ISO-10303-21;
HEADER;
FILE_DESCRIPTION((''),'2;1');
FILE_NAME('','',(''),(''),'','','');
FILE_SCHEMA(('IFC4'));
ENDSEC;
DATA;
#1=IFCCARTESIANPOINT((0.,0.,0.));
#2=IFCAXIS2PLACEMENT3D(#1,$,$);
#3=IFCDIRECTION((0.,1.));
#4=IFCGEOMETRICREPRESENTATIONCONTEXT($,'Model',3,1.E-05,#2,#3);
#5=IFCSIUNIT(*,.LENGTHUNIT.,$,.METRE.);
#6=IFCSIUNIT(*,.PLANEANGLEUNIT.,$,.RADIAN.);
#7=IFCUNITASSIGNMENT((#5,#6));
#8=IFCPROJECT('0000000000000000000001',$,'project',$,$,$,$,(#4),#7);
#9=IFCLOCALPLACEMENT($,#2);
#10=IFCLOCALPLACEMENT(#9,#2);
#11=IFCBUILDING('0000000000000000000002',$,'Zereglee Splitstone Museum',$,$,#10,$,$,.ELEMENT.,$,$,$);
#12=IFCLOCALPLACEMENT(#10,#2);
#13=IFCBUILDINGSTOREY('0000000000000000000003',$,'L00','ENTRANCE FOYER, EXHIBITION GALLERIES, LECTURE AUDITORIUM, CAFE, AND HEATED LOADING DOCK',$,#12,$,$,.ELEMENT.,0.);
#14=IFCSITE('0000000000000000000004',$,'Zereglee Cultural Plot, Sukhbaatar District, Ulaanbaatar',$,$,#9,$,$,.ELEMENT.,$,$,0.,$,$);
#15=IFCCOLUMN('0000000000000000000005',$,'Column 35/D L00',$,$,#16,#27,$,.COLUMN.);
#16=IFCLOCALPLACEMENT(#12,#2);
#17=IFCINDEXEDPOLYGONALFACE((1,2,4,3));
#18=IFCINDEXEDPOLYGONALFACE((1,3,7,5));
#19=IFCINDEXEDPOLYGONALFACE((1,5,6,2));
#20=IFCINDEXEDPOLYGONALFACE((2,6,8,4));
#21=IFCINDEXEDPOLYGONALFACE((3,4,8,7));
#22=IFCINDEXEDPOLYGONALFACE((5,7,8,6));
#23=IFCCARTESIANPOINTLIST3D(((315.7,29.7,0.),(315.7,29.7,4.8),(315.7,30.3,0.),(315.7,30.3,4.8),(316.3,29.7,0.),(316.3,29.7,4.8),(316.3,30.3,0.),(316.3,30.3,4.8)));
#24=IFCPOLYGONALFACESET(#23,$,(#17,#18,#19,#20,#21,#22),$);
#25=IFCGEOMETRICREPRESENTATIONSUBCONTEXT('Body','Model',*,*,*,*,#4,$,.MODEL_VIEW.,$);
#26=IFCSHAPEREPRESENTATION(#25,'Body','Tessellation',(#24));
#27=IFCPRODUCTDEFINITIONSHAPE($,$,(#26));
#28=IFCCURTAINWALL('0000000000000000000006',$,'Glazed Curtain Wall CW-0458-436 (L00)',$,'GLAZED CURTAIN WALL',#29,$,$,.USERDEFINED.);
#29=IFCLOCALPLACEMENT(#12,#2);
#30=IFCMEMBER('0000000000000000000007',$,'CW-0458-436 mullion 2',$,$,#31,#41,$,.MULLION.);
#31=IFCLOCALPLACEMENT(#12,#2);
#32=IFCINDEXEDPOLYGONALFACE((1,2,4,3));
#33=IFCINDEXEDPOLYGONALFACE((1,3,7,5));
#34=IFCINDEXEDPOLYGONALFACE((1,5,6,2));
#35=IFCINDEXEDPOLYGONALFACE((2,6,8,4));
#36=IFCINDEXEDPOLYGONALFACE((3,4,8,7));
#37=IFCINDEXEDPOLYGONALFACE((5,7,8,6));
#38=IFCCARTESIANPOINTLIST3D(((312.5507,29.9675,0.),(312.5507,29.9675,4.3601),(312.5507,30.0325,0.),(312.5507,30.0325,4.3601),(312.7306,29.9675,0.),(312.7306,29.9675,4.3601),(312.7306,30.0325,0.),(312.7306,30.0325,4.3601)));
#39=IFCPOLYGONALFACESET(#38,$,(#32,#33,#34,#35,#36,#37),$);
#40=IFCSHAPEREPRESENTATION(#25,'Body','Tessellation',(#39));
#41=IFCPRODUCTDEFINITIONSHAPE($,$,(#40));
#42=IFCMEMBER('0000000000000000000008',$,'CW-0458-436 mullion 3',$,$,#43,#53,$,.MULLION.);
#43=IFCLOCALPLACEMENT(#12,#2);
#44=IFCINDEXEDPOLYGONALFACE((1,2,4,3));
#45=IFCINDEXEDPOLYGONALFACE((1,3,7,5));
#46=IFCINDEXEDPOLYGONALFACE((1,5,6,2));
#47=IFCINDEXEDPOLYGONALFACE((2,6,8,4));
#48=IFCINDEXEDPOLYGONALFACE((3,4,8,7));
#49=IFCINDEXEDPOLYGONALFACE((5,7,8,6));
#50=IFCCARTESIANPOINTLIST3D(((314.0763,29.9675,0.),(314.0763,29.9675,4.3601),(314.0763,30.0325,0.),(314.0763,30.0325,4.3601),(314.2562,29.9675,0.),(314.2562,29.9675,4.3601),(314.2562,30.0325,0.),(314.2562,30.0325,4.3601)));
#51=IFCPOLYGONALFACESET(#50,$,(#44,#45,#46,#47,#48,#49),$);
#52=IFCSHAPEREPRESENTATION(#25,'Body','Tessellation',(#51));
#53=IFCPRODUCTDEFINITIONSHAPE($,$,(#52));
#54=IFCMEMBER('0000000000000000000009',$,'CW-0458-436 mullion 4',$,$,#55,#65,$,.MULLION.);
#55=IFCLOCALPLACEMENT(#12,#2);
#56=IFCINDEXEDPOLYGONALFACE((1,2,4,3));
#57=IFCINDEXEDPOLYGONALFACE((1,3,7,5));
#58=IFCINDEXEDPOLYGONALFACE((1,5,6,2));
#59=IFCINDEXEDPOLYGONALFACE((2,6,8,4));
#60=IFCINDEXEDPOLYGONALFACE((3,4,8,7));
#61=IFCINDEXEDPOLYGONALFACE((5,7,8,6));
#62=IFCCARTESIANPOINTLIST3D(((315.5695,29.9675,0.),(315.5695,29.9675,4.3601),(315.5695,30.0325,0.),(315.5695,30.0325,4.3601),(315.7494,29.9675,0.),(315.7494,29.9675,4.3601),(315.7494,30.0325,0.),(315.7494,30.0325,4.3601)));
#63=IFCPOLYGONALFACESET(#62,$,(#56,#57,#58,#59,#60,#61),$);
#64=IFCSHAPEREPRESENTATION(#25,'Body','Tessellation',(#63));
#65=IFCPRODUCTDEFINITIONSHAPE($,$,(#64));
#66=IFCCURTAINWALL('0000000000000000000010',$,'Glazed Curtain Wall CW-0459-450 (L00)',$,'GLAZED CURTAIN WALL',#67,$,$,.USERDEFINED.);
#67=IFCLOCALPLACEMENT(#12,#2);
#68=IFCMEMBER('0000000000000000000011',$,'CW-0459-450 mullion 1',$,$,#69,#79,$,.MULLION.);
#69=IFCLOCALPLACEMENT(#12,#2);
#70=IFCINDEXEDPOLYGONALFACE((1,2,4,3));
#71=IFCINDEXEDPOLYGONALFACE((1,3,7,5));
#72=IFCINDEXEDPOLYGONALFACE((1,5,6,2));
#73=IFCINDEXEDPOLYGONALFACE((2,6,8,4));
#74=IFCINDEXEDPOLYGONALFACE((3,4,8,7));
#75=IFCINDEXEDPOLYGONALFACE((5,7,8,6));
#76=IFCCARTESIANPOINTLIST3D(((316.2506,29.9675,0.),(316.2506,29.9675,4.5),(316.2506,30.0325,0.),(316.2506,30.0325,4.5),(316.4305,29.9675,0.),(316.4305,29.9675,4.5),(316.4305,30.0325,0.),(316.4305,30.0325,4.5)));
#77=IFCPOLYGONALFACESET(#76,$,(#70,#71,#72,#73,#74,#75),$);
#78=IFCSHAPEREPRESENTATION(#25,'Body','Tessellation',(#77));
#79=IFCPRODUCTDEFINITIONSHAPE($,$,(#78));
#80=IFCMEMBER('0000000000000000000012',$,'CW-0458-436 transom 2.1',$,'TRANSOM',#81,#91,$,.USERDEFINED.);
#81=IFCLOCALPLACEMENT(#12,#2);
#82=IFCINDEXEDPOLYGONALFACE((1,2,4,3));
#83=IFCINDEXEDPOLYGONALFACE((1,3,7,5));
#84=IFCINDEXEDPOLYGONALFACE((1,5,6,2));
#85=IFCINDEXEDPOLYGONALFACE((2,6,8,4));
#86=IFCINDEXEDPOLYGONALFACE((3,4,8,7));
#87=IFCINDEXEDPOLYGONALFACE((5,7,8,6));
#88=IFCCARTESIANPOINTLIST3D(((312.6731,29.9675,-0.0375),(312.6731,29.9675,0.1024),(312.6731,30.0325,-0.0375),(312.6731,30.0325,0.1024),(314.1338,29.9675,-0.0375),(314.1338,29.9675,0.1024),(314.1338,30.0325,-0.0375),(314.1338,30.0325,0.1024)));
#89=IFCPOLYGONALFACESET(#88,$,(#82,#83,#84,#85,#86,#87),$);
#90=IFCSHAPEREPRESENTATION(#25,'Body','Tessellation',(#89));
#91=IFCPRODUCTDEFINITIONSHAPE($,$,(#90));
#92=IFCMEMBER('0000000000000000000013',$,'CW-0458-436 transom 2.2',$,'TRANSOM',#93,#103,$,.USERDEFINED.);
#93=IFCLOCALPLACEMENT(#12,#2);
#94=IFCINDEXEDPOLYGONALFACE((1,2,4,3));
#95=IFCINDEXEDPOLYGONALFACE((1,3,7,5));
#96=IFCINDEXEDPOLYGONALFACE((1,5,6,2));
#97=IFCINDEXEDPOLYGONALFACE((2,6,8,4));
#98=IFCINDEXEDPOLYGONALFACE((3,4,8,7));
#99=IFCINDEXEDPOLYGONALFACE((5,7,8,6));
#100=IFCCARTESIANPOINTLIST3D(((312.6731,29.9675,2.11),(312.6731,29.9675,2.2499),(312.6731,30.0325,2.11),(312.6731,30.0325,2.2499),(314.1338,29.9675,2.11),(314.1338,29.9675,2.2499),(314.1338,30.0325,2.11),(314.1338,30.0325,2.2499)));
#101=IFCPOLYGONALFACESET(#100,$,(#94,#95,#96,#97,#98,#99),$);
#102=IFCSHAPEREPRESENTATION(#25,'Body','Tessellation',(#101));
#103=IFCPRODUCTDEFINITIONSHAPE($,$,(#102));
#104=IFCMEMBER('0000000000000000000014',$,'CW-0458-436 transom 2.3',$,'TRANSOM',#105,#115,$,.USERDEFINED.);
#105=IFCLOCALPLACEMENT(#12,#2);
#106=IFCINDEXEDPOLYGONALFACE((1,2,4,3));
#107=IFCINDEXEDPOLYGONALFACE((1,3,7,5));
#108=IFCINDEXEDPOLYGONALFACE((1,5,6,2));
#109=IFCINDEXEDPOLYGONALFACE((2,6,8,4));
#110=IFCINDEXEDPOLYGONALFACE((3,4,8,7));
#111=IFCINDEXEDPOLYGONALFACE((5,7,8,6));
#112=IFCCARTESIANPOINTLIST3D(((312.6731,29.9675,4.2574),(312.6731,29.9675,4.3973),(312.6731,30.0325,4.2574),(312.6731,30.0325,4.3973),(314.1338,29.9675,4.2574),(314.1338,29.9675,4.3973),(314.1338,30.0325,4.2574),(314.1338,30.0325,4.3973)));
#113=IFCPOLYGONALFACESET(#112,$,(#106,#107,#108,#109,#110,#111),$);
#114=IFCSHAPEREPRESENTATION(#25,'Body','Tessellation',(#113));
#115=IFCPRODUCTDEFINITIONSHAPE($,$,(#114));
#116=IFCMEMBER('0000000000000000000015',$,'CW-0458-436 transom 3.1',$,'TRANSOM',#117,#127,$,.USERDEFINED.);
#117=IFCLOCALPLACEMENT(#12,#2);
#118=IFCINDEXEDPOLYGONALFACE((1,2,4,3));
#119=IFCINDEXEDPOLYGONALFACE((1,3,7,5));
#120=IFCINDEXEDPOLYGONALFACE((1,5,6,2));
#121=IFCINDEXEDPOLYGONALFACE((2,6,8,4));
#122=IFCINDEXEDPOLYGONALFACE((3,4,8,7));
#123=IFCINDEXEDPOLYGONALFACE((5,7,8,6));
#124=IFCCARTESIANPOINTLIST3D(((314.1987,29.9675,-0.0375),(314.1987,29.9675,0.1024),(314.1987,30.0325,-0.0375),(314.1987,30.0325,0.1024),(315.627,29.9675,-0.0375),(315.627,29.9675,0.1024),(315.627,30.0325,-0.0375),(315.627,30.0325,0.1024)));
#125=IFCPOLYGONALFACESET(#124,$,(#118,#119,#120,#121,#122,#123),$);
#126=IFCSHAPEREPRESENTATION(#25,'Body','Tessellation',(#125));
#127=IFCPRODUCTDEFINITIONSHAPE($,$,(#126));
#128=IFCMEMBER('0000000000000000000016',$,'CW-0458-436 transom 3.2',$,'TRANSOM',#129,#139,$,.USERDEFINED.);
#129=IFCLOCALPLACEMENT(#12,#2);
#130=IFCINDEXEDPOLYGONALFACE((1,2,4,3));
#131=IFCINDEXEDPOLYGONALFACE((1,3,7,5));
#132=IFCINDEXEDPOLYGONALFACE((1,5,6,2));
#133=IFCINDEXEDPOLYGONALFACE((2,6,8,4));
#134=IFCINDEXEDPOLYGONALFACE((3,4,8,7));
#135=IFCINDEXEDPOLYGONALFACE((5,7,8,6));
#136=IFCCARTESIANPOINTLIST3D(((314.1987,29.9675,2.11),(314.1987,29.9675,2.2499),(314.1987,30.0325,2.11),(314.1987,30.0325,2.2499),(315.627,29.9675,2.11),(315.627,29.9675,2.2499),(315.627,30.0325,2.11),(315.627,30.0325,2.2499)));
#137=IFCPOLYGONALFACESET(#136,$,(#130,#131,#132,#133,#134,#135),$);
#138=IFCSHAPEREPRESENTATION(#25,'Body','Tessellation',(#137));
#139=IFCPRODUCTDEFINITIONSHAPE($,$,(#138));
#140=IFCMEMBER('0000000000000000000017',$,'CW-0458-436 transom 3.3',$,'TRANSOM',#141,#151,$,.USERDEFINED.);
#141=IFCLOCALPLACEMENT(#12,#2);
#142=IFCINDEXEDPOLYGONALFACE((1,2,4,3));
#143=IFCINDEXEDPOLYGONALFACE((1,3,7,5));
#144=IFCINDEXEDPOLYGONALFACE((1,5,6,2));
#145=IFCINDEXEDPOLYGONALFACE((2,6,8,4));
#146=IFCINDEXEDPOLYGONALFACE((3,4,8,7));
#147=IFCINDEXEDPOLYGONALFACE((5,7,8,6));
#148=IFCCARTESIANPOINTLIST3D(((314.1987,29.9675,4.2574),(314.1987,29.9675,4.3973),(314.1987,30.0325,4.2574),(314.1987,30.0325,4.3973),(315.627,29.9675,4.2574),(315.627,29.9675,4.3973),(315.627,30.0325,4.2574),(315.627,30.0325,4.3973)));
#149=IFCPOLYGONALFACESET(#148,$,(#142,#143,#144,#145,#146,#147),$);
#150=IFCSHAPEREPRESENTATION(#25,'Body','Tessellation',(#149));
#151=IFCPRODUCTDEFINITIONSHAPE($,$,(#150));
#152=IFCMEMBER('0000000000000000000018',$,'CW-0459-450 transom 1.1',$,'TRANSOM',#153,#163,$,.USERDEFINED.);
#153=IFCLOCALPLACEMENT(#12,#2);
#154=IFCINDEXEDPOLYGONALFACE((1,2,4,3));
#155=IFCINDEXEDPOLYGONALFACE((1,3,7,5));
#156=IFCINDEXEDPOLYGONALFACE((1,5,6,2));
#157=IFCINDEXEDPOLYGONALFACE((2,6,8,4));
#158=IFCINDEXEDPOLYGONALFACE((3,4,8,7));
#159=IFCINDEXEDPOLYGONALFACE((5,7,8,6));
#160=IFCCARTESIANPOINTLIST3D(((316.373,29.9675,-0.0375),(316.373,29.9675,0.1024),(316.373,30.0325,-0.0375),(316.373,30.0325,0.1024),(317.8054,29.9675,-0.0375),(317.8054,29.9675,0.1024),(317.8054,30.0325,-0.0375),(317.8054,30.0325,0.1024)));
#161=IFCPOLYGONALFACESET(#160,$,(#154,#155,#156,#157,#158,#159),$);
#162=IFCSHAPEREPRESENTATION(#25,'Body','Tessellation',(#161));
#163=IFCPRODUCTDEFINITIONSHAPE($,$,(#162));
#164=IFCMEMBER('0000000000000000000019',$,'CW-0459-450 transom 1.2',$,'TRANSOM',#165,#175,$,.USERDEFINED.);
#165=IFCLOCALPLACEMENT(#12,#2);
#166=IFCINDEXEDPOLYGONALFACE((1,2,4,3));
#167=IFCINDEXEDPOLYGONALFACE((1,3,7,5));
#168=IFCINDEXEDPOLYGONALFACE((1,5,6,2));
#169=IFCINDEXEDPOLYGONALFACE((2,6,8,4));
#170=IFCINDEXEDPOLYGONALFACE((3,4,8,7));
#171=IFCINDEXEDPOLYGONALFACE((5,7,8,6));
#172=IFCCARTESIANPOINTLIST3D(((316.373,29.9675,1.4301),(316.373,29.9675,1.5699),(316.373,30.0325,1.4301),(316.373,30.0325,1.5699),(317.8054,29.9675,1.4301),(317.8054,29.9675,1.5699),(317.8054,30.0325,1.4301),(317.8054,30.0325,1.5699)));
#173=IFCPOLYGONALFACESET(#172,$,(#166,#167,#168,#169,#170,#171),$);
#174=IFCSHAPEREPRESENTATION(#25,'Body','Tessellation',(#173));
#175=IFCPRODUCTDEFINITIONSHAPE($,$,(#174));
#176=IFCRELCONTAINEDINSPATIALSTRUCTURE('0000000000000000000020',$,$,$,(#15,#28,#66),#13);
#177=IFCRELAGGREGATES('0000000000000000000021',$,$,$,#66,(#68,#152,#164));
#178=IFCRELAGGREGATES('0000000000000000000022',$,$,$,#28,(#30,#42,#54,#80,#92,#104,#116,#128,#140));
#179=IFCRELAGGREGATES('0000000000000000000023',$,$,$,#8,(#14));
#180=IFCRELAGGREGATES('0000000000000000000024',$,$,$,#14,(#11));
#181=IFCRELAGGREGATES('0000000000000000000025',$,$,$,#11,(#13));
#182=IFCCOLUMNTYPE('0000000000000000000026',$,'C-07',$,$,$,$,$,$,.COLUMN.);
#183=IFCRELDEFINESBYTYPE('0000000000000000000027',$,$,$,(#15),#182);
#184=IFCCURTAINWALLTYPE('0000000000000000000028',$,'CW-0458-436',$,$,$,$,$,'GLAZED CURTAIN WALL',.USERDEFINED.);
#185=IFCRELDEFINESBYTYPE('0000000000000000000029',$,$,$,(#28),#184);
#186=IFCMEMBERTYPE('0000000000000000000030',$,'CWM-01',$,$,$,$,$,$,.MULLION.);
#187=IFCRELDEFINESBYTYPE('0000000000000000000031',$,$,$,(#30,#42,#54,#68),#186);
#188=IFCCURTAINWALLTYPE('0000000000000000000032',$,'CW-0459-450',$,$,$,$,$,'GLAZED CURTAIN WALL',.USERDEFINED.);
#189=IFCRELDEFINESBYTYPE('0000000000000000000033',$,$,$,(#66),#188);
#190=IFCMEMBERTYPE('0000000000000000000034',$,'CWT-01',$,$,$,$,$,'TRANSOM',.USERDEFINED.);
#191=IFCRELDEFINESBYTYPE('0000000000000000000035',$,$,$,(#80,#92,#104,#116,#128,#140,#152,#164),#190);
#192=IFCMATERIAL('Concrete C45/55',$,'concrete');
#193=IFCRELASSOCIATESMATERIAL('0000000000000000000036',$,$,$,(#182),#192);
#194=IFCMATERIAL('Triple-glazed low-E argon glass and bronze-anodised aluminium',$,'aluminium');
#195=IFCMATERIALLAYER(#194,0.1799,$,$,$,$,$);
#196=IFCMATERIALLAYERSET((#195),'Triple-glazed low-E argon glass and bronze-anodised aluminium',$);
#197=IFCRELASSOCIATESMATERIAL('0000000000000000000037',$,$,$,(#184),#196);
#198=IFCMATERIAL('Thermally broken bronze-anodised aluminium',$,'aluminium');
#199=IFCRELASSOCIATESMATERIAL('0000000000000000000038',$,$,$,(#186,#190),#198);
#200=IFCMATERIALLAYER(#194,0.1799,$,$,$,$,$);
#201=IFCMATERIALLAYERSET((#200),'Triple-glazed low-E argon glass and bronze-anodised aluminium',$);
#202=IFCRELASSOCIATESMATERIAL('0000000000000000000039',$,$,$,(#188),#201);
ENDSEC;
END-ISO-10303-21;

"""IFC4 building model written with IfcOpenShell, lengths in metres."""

from ifc_helpers import new_model, si_unit, direction, frame, origin, origin_2d, place, context, subcontext, project, spatial, rectangle, extrude, material, layer, layer_set, material_profile, profile_set, type_object, element, aggregate, save


model = new_model("IFC4")

# Units and contexts
model_context = context("Model", 3, precision=1e-05, world=origin(), true_north=direction((0.0, 1.0)))
body_context = subcontext(model_context, "Body", "Model", "MODEL_VIEW")
ifc_project = project(units=[si_unit("LENGTHUNIT", "METRE"), si_unit("PLANEANGLEUNIT", "RADIAN")], contexts=[model_context])

# Site, building, storey
site_placement = place(None, origin())
site = spatial("IfcSite", under=ifc_project, at=site_placement, Name="Zereglee Cultural Plot, Sukhbaatar District, Ulaanbaatar", CompositionType="ELEMENT", RefElevation=0.0)
building_placement = place(site_placement, origin())
building = spatial("IfcBuilding", under=site, at=building_placement, Name="Zereglee Splitstone Museum", CompositionType="ELEMENT")
storey_placement = place(building_placement, origin())
storey = spatial("IfcBuildingStorey", under=building, at=storey_placement, Name="L00", Description="ENTRANCE FOYER, EXHIBITION GALLERIES, LECTURE AUDITORIUM, CAFE, AND HEATED LOADING DOCK", CompositionType="ELEMENT", Elevation=0.0)

# Column
ifc_material_1 = material(Name="Concrete C45/55", Category="concrete")
ifc_material_profile_1 = material_profile(ifc_material_1, rectangle(XDim=0.6001, YDim=0.6001, at=origin_2d()), Name="RC 600x600")
ifc_profile_set_1 = profile_set([ifc_material_profile_1], Name="Concrete C45/55")
column_type = type_object("IfcColumnType", Name="C-07", PredefinedType="COLUMN", material=ifc_profile_set_1)
column_placement = place(storey_placement, frame((316.0, 30.0, 0.0), z_axis=(0.0, 0.0, 1.0), x_axis=(1.0, 0.0, 0.0)))
element("IfcColumn", 1, at=column_placement, inside=storey, type_object=column_type, Name="Column 35/D L00", PredefinedType="COLUMN", context=body_context, shape_type="SweptSolid", body=[
    extrude(rectangle(XDim=0.6001, YDim=0.6001, at=origin_2d()), origin(), (0.0, 0.0, 1.0), 4.8),
])

# Curtain wall, members
ifc_material_2 = material(Name="Triple-glazed low-E argon glass and bronze-anodised aluminium", Category="aluminium")
ifc_layer_1 = layer(ifc_material_2, 0.1799)
ifc_layer_set_1 = layer_set([ifc_layer_1], Name="Triple-glazed low-E argon glass and bronze-anodised aluminium")
curtain_wall_type_1 = type_object("IfcCurtainWallType", Name="CW-0458-436", ElementType="GLAZED CURTAIN WALL", PredefinedType="USERDEFINED", material=ifc_layer_set_1)
curtain_wall_1_placement = place(storey_placement, origin())
curtain_wall_1 = element("IfcCurtainWall", 2, at=curtain_wall_1_placement, inside=storey, type_object=curtain_wall_type_1, Name="Glazed Curtain Wall CW-0458-436 (L00)", ObjectType="GLAZED CURTAIN WALL", PredefinedType="USERDEFINED")
ifc_material_3 = material(Name="Thermally broken bronze-anodised aluminium", Category="aluminium")
ifc_material_profile_2 = material_profile(ifc_material_3, rectangle(XDim=0.0649, YDim=0.1799, at=origin_2d()), Name="CW MULL 65x180")
ifc_profile_set_2 = profile_set([ifc_material_profile_2], Name="Thermally broken bronze-anodised aluminium")
member_type_1 = type_object("IfcMemberType", Name="CWM-01", PredefinedType="MULLION", material=ifc_profile_set_2)
member_1_placement = place(storey_placement, frame((312.6406, 30.0, 0.0), z_axis=(0.0, 0.0, 1.0), x_axis=(0.0, 1.0, 0.0)))
member_1 = element("IfcMember", 3, at=member_1_placement, type_object=member_type_1, Name="CW-0458-436 mullion 2", PredefinedType="MULLION", context=body_context, shape_type="SweptSolid", body=[
    extrude(rectangle(XDim=0.0649, YDim=0.1799, at=origin_2d()), origin(), (0.0, 0.0, 1.0), 4.3601),
])
member_2_placement = place(storey_placement, frame((314.1663, 30.0, 0.0), z_axis=(0.0, 0.0, 1.0), x_axis=(0.0, 1.0, 0.0)))
member_2 = element("IfcMember", 4, at=member_2_placement, type_object=member_type_1, Name="CW-0458-436 mullion 3", PredefinedType="MULLION", context=body_context, shape_type="SweptSolid", body=[
    extrude(rectangle(XDim=0.0649, YDim=0.1799, at=origin_2d()), origin(), (0.0, 0.0, 1.0), 4.3601),
])
member_3_placement = place(storey_placement, frame((315.6594, 30.0, 0.0), z_axis=(0.0, 0.0, 1.0), x_axis=(0.0, 1.0, 0.0)))
member_3 = element("IfcMember", 5, at=member_3_placement, type_object=member_type_1, Name="CW-0458-436 mullion 4", PredefinedType="MULLION", context=body_context, shape_type="SweptSolid", body=[
    extrude(rectangle(XDim=0.0649, YDim=0.1799, at=origin_2d()), origin(), (0.0, 0.0, 1.0), 4.3601),
])

# Curtain wall, member
ifc_layer_2 = layer(ifc_material_2, 0.1799)
ifc_layer_set_2 = layer_set([ifc_layer_2], Name="Triple-glazed low-E argon glass and bronze-anodised aluminium")
curtain_wall_type_2 = type_object("IfcCurtainWallType", Name="CW-0459-450", ElementType="GLAZED CURTAIN WALL", PredefinedType="USERDEFINED", material=ifc_layer_set_2)
curtain_wall_2_placement = place(storey_placement, origin())
curtain_wall_2 = element("IfcCurtainWall", 6, at=curtain_wall_2_placement, inside=storey, type_object=curtain_wall_type_2, Name="Glazed Curtain Wall CW-0459-450 (L00)", ObjectType="GLAZED CURTAIN WALL", PredefinedType="USERDEFINED")
member_4_placement = place(storey_placement, frame((316.3406, 30.0, 0.0), z_axis=(0.0, 0.0, 1.0), x_axis=(0.0, 1.0, 0.0)))
member_4 = element("IfcMember", 7, at=member_4_placement, type_object=member_type_1, Name="CW-0459-450 mullion 1", PredefinedType="MULLION", context=body_context, shape_type="SweptSolid", body=[
    extrude(rectangle(XDim=0.0649, YDim=0.1799, at=origin_2d()), origin(), (0.0, 0.0, 1.0), 4.5),
])

# Members
ifc_material_profile_3 = material_profile(ifc_material_3, rectangle(XDim=0.0649, YDim=0.1399, at=origin_2d()), Name="CW TRAN 65x140")
ifc_profile_set_3 = profile_set([ifc_material_profile_3], Name="Thermally broken bronze-anodised aluminium")
member_type_2 = type_object("IfcMemberType", Name="CWT-01", ElementType="TRANSOM", PredefinedType="USERDEFINED", material=ifc_profile_set_3)
member_5_placement = place(storey_placement, frame((312.6731, 30.0, 0.0325), z_axis=(1.0, 0.0, 0.0), x_axis=(0.0, 1.0, 0.0)))
member_5 = element("IfcMember", 8, at=member_5_placement, type_object=member_type_2, Name="CW-0458-436 transom 2.1", ObjectType="TRANSOM", PredefinedType="USERDEFINED", context=body_context, shape_type="SweptSolid", body=[
    extrude(rectangle(XDim=0.0649, YDim=0.1399, at=origin_2d()), origin(), (0.0, 0.0, 1.0), 1.4607),
])
member_6_placement = place(storey_placement, frame((312.6731, 30.0, 2.1799), z_axis=(1.0, 0.0, 0.0), x_axis=(0.0, 1.0, 0.0)))
member_6 = element("IfcMember", 9, at=member_6_placement, type_object=member_type_2, Name="CW-0458-436 transom 2.2", ObjectType="TRANSOM", PredefinedType="USERDEFINED", context=body_context, shape_type="SweptSolid", body=[
    extrude(rectangle(XDim=0.0649, YDim=0.1399, at=origin_2d()), origin(), (0.0, 0.0, 1.0), 1.4607),
])
member_7_placement = place(storey_placement, frame((312.6731, 30.0, 4.3274), z_axis=(1.0, 0.0, 0.0), x_axis=(0.0, 1.0, 0.0)))
member_7 = element("IfcMember", 10, at=member_7_placement, type_object=member_type_2, Name="CW-0458-436 transom 2.3", ObjectType="TRANSOM", PredefinedType="USERDEFINED", context=body_context, shape_type="SweptSolid", body=[
    extrude(rectangle(XDim=0.0649, YDim=0.1399, at=origin_2d()), origin(), (0.0, 0.0, 1.0), 1.4607),
])
member_8_placement = place(storey_placement, frame((314.1987, 30.0, 0.0325), z_axis=(1.0, 0.0, 0.0), x_axis=(0.0, 1.0, 0.0)))
member_8 = element("IfcMember", 11, at=member_8_placement, type_object=member_type_2, Name="CW-0458-436 transom 3.1", ObjectType="TRANSOM", PredefinedType="USERDEFINED", context=body_context, shape_type="SweptSolid", body=[
    extrude(rectangle(XDim=0.0649, YDim=0.1399, at=origin_2d()), origin(), (0.0, 0.0, 1.0), 1.4282),
])
member_9_placement = place(storey_placement, frame((314.1987, 30.0, 2.1799), z_axis=(1.0, 0.0, 0.0), x_axis=(0.0, 1.0, 0.0)))
member_9 = element("IfcMember", 12, at=member_9_placement, type_object=member_type_2, Name="CW-0458-436 transom 3.2", ObjectType="TRANSOM", PredefinedType="USERDEFINED", context=body_context, shape_type="SweptSolid", body=[
    extrude(rectangle(XDim=0.0649, YDim=0.1399, at=origin_2d()), origin(), (0.0, 0.0, 1.0), 1.4282),
])
member_10_placement = place(storey_placement, frame((314.1987, 30.0, 4.3274), z_axis=(1.0, 0.0, 0.0), x_axis=(0.0, 1.0, 0.0)))
member_10 = element("IfcMember", 13, at=member_10_placement, type_object=member_type_2, Name="CW-0458-436 transom 3.3", ObjectType="TRANSOM", PredefinedType="USERDEFINED", context=body_context, shape_type="SweptSolid", body=[
    extrude(rectangle(XDim=0.0649, YDim=0.1399, at=origin_2d()), origin(), (0.0, 0.0, 1.0), 1.4282),
])
member_11_placement = place(storey_placement, frame((316.373, 30.0, 0.0325), z_axis=(1.0, 0.0, 0.0), x_axis=(0.0, 1.0, 0.0)))
member_11 = element("IfcMember", 14, at=member_11_placement, type_object=member_type_2, Name="CW-0459-450 transom 1.1", ObjectType="TRANSOM", PredefinedType="USERDEFINED", context=body_context, shape_type="SweptSolid", body=[
    extrude(rectangle(XDim=0.0649, YDim=0.1399, at=origin_2d()), origin(), (0.0, 0.0, 1.0), 1.4324),
])
member_12_placement = place(storey_placement, frame((316.373, 30.0, 1.5), z_axis=(1.0, 0.0, 0.0), x_axis=(0.0, 1.0, 0.0)))
member_12 = element("IfcMember", 15, at=member_12_placement, type_object=member_type_2, Name="CW-0459-450 transom 1.2", ObjectType="TRANSOM", PredefinedType="USERDEFINED", context=body_context, shape_type="SweptSolid", body=[
    extrude(rectangle(XDim=0.0649, YDim=0.1399, at=origin_2d()), origin(), (0.0, 0.0, 1.0), 1.4324),
])
aggregate(curtain_wall_2, [member_4, member_11, member_12])

aggregate(curtain_wall_1, [member_1, member_2, member_3, member_5, member_6, member_7, member_8, member_9, member_10])

save(model, "model.ifc")
